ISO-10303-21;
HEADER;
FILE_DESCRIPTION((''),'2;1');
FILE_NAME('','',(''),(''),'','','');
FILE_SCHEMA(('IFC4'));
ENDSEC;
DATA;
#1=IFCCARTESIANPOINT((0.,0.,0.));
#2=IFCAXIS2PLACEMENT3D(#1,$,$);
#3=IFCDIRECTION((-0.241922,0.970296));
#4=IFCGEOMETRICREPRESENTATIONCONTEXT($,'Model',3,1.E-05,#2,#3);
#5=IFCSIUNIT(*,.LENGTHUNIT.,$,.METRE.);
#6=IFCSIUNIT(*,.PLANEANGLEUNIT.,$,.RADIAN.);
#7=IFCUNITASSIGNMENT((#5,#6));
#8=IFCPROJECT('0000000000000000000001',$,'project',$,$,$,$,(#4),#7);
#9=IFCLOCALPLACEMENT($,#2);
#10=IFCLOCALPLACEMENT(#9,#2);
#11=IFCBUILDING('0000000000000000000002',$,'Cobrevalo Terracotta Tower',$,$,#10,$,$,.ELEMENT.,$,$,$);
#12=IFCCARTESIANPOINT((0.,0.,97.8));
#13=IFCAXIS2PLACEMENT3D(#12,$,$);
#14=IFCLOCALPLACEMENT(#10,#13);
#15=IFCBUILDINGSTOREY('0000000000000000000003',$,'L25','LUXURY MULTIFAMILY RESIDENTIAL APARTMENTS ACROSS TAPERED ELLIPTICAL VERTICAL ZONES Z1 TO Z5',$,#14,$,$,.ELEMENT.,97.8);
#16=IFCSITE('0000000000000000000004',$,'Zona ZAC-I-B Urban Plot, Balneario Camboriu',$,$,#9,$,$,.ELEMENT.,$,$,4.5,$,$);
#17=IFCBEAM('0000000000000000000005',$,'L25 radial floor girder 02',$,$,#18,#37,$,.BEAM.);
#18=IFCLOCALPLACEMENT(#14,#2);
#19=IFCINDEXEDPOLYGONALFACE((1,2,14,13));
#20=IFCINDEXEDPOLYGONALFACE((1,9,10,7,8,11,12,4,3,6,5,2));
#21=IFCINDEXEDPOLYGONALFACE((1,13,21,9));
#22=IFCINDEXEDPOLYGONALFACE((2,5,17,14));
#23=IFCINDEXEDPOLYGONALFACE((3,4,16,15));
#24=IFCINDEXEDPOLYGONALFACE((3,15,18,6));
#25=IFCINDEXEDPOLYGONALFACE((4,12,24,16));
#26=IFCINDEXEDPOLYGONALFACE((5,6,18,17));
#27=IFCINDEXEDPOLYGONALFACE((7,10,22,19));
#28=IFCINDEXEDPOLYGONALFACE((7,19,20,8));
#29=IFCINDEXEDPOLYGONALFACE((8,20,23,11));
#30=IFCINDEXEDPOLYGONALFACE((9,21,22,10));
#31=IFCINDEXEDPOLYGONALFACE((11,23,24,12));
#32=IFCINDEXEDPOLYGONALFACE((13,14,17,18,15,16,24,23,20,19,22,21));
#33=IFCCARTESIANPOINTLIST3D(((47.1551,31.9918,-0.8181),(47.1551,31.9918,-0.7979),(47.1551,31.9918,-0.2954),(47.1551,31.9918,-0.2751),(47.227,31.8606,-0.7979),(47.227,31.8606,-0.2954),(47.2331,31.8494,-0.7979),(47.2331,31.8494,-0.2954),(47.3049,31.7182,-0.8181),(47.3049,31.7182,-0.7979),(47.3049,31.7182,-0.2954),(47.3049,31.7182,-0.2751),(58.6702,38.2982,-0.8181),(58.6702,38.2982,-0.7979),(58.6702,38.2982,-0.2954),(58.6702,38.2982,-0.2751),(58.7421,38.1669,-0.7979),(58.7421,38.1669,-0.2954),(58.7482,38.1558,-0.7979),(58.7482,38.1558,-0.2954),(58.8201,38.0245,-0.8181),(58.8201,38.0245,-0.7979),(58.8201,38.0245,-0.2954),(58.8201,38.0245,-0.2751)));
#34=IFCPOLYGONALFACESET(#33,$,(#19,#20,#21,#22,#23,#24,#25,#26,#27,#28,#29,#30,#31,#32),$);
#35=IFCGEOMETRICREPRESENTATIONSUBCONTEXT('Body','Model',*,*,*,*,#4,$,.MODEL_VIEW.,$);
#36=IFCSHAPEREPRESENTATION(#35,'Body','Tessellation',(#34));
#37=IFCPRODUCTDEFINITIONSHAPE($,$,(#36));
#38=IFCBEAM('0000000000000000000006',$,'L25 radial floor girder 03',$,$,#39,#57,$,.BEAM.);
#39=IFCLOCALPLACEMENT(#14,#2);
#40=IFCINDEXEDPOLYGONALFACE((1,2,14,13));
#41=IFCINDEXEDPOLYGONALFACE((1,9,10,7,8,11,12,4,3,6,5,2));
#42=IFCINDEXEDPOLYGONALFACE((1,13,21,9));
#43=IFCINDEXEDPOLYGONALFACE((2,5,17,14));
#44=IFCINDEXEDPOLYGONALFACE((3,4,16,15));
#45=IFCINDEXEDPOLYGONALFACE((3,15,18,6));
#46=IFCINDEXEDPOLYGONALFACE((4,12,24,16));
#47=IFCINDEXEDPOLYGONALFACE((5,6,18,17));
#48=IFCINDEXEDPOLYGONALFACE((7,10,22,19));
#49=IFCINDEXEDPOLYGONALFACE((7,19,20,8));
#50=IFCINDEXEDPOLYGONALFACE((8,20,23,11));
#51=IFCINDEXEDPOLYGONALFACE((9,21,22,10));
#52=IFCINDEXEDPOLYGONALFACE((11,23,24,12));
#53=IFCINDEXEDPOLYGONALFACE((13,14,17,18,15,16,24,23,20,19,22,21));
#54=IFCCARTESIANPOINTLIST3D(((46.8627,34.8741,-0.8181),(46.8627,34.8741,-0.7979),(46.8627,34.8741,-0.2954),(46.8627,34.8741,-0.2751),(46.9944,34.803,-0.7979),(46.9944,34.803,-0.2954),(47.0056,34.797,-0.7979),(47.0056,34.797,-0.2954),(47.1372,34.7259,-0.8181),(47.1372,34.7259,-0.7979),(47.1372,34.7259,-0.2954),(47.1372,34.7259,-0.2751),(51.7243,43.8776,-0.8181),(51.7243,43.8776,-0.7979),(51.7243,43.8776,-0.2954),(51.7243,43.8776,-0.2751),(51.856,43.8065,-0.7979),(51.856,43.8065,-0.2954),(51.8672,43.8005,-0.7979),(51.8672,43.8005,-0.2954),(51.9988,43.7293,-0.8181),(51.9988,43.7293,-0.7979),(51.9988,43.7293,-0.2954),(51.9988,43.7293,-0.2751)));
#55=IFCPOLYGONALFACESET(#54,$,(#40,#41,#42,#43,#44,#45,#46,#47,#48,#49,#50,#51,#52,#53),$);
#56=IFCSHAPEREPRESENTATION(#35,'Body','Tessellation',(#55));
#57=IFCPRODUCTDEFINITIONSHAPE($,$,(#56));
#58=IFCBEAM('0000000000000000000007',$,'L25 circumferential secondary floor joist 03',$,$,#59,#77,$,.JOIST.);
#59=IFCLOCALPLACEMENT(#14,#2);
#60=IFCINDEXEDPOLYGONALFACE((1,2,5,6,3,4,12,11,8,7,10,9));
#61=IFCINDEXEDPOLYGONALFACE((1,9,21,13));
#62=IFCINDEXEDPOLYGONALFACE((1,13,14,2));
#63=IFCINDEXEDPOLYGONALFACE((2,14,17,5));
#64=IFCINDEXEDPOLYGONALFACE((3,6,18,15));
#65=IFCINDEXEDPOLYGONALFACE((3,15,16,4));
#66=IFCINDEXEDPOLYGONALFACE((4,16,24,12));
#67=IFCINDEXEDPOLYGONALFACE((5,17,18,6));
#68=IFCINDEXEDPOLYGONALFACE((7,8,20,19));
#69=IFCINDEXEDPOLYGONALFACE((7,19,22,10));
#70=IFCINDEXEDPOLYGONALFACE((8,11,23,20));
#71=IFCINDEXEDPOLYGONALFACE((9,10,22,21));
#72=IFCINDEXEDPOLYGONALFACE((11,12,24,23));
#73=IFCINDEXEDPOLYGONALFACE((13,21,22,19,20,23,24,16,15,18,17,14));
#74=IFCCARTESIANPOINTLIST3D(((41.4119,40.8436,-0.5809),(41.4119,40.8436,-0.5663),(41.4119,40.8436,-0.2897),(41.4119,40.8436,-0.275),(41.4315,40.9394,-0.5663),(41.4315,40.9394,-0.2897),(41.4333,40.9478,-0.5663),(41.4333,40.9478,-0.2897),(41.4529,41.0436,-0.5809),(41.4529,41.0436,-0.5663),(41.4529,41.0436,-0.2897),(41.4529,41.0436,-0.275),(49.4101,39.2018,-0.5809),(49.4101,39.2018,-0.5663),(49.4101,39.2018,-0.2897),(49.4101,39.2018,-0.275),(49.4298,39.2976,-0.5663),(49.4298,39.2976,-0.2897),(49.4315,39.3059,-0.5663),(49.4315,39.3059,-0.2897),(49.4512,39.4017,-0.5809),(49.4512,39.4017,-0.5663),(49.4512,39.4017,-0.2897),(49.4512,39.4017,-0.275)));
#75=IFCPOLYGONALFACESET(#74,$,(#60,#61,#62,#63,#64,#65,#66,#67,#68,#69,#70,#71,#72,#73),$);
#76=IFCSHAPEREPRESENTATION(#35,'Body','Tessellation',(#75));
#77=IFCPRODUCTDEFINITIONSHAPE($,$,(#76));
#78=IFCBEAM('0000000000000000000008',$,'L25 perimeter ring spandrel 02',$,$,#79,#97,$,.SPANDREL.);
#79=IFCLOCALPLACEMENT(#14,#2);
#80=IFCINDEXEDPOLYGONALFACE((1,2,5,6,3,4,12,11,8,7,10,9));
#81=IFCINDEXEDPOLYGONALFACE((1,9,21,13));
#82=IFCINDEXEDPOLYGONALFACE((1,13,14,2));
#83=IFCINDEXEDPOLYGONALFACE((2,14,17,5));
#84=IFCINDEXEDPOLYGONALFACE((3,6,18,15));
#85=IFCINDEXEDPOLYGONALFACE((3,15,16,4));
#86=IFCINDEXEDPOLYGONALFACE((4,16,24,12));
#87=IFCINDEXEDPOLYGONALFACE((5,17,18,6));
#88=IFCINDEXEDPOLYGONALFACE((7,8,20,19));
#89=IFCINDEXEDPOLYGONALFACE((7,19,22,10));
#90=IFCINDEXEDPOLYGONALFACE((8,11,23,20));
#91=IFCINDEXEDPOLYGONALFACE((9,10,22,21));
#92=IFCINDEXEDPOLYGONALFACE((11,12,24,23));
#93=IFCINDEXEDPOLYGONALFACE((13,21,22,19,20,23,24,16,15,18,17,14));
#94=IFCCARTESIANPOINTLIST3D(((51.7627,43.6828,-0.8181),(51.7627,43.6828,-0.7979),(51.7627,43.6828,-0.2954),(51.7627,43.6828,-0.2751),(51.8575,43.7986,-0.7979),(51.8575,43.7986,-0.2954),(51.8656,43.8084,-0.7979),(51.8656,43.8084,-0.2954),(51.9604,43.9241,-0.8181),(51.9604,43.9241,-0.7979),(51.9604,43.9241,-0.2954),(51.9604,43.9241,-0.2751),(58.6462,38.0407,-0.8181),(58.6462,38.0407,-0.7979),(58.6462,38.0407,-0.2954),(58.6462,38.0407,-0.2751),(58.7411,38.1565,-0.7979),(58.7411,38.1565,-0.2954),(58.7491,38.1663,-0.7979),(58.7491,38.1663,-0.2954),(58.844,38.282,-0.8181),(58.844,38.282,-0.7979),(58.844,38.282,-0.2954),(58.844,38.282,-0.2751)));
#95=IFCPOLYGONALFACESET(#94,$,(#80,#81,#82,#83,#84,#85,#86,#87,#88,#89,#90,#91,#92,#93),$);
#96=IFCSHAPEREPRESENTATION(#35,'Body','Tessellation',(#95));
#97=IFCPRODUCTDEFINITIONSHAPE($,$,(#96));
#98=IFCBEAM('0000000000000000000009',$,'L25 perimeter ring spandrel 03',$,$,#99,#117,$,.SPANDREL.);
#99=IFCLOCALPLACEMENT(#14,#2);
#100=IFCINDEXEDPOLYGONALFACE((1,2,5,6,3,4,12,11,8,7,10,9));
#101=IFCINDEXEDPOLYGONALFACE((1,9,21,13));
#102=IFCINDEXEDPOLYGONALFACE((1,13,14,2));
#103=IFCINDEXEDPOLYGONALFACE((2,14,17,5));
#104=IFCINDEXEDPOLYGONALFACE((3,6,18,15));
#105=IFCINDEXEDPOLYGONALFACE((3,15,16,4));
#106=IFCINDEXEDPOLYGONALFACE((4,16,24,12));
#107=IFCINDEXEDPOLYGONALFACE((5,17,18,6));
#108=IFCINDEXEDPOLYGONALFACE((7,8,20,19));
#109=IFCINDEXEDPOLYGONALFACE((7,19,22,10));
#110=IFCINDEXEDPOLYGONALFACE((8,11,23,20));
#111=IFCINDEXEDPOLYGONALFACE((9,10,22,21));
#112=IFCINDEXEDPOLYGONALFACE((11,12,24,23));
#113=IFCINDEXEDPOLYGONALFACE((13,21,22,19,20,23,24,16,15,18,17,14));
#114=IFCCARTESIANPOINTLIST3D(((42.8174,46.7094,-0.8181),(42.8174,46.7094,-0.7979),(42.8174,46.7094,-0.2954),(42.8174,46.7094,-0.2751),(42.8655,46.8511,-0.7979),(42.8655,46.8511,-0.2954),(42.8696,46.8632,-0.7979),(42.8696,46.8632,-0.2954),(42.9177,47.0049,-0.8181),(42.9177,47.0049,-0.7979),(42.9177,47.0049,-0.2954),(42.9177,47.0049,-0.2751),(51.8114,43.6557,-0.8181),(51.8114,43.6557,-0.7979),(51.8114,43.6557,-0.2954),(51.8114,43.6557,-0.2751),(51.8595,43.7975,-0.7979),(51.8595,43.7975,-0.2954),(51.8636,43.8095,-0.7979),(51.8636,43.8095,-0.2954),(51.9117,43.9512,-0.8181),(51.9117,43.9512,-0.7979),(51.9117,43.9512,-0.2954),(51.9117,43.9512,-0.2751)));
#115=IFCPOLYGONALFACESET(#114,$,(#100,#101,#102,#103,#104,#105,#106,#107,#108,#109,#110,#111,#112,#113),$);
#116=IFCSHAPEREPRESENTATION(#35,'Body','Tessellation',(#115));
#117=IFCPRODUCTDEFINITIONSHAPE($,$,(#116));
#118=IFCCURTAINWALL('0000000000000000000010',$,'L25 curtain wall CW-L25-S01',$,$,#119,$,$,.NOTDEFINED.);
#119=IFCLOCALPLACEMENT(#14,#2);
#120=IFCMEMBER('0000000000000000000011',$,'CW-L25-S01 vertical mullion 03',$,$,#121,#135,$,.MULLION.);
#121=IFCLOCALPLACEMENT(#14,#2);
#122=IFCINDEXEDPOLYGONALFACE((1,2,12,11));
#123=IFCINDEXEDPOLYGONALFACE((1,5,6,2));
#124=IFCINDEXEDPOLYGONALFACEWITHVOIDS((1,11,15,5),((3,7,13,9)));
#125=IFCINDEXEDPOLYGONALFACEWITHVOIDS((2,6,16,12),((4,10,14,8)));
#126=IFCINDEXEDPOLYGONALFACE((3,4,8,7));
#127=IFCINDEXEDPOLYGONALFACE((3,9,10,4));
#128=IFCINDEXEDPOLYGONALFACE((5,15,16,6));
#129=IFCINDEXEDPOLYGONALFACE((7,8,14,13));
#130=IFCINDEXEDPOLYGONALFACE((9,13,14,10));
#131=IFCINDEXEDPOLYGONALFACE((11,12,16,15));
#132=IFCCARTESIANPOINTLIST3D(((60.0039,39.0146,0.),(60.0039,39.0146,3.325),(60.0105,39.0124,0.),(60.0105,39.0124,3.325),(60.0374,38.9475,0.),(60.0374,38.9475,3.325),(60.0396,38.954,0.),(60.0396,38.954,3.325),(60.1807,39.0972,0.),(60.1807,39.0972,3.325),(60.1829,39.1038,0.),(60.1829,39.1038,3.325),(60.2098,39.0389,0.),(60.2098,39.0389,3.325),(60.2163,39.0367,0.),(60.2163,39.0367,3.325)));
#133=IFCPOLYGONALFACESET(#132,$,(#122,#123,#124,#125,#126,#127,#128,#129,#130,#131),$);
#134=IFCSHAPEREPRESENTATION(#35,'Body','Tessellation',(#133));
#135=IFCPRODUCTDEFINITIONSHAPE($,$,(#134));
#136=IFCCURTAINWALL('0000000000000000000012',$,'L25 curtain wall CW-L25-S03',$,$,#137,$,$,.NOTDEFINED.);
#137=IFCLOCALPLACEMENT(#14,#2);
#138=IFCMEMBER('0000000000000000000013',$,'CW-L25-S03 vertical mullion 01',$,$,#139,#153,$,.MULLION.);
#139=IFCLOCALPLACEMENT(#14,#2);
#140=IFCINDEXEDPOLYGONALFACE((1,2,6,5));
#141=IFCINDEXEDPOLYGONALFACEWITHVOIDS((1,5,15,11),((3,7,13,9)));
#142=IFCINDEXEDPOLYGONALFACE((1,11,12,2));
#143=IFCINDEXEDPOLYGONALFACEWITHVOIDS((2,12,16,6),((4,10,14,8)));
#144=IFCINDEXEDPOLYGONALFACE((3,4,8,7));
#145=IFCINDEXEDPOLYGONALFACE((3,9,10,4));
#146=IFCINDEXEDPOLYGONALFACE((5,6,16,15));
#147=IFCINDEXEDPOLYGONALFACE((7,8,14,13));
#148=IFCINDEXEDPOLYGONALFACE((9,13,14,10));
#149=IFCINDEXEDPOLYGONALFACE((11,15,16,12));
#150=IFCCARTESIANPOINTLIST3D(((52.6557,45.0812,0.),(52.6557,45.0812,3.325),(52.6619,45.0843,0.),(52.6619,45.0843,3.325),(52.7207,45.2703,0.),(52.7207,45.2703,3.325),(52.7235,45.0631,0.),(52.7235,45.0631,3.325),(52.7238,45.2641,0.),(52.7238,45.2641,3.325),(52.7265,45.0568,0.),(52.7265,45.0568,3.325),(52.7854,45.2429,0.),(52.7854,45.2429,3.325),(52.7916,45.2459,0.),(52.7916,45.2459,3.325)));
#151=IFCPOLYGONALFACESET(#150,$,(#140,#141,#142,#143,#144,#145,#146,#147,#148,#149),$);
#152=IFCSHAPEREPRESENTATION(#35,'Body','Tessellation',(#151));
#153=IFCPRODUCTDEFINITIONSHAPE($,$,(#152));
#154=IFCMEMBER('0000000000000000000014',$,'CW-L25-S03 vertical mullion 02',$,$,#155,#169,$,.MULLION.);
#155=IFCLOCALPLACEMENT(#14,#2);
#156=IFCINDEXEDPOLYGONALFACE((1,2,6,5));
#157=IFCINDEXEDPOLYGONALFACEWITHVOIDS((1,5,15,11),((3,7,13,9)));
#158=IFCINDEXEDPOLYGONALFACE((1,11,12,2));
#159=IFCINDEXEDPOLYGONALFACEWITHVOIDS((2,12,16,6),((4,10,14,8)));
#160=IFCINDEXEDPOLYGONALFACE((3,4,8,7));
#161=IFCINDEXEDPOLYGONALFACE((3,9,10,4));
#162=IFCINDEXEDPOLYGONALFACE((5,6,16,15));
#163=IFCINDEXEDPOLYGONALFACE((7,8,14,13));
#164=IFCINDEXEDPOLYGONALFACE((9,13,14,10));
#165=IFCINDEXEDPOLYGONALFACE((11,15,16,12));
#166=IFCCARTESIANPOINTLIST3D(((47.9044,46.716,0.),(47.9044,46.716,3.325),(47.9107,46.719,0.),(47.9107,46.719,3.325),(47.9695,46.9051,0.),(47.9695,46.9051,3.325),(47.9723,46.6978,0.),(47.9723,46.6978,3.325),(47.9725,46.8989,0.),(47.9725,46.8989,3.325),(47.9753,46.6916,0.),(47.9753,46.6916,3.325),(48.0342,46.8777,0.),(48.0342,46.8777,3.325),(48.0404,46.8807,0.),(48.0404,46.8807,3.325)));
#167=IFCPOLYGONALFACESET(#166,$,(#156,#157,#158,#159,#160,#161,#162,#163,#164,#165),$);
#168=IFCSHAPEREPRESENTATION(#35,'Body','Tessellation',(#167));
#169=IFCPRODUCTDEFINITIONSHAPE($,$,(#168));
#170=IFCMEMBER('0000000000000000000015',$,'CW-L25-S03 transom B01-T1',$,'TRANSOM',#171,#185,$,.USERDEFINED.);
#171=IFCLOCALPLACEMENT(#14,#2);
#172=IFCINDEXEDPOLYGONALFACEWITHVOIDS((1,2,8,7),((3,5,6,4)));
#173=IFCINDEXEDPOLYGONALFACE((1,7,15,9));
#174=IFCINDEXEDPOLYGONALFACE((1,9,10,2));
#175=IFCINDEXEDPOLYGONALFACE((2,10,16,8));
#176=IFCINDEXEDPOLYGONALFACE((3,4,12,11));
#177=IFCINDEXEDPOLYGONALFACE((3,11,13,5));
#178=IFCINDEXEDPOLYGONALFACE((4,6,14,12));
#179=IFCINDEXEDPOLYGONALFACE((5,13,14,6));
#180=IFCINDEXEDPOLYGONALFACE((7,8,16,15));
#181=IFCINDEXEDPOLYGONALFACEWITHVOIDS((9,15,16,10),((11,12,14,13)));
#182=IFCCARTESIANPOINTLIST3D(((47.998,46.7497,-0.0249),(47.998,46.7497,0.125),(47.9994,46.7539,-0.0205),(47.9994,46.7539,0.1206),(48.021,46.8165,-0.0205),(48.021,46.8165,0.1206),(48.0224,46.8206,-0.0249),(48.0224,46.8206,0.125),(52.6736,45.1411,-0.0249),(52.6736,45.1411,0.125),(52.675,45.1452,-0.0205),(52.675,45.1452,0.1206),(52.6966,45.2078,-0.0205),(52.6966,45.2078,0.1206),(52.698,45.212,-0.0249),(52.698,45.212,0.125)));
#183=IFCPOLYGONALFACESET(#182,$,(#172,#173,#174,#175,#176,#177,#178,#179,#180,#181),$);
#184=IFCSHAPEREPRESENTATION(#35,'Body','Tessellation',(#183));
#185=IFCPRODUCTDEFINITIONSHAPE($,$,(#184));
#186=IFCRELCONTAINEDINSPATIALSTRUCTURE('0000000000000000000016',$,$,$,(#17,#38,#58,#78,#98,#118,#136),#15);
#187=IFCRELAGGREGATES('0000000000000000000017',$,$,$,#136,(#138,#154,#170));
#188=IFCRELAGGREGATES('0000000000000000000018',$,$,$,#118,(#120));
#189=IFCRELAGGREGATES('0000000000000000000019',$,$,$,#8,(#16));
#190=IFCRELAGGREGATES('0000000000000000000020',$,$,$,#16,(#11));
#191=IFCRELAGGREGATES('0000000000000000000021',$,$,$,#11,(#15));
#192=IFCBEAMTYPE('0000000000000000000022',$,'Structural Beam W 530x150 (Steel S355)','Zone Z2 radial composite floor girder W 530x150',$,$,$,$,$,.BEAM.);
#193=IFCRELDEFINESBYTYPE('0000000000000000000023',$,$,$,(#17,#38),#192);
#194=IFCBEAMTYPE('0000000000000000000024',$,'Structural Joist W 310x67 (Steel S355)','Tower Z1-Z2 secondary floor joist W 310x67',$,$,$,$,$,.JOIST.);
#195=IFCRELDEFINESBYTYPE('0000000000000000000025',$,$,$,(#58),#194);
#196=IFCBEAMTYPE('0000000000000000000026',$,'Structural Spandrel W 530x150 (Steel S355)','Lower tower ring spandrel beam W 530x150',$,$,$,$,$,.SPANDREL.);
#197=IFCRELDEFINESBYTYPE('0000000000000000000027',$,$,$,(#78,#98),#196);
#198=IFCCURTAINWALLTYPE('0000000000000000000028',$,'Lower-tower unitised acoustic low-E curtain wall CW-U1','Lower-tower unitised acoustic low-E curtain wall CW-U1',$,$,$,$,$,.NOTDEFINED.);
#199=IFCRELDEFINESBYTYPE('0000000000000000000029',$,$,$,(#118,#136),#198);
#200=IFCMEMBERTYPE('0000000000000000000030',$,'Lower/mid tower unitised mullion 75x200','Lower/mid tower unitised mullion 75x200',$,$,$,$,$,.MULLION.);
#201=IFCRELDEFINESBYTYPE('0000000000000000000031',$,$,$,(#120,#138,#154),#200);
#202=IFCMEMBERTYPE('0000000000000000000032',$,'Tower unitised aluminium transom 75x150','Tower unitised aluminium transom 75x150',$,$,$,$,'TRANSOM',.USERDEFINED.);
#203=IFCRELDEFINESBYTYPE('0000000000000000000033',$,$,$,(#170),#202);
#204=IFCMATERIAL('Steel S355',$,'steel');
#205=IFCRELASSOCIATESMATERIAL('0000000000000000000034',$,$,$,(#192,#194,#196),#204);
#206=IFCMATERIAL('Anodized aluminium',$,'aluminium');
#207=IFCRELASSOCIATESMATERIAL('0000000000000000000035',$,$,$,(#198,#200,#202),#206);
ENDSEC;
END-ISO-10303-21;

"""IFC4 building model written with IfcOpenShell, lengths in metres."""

from ifc_helpers import new_model, si_unit, direction, frame, origin, origin_2d, place, context, subcontext, project, spatial, hollow_rectangle, i_section, extrude, source, transform, mapped, material, material_profile, profile_set, type_object, element, aggregate, save


model = new_model("IFC4")

# Units and contexts
model_context = context("Model", 3, precision=1e-05, world=origin(), true_north=direction((-0.241922, 0.970296)))
body_context = subcontext(model_context, "Body", "Model", "MODEL_VIEW")
ifc_project = project(units=[si_unit("LENGTHUNIT", "METRE"), si_unit("PLANEANGLEUNIT", "RADIAN")], contexts=[model_context])

# Site, building, storey
site_placement = place(None, origin())
site = spatial("IfcSite", under=ifc_project, at=site_placement, Name="Zona ZAC-I-B Urban Plot, Balneario Camboriu", CompositionType="ELEMENT", RefElevation=4.5)
building_placement = place(site_placement, origin())
building = spatial("IfcBuilding", under=site, at=building_placement, Name="Cobrevalo Terracotta Tower", CompositionType="ELEMENT")
storey_placement = place(building_placement, frame((0.0, 0.0, 97.8)))
storey = spatial("IfcBuildingStorey", under=building, at=storey_placement, Name="L25", Description="LUXURY MULTIFAMILY RESIDENTIAL APARTMENTS ACROSS TAPERED ELLIPTICAL VERTICAL ZONES Z1 TO Z5", CompositionType="ELEMENT", Elevation=97.8)

# Shared definitions
ifc_material_1 = material(Name="Steel S355", Category="steel")

# Beams
ifc_material_profile_1 = material_profile(ifc_material_1, i_section(OverallWidth=0.312, OverallDepth=0.543, WebThickness=0.0127, FlangeThickness=0.0203, at=origin_2d()), Name="W 530x150")
ifc_profile_set_1 = profile_set([ifc_material_profile_1], Name="Steel S355")
beam_type_1 = type_object("IfcBeamType", Name="Structural Beam W 530x150 (Steel S355)", Description="Zone Z2 radial composite floor girder W 530x150", PredefinedType="BEAM", material=ifc_profile_set_1)
beam_1_placement = place(storey_placement, frame((58.7451, 38.1614, -0.5466), z_axis=(-0.877081, -0.480343, 0.0), x_axis=(0.480343, -0.877081, 0.0)))
element("IfcBeam", 1, at=beam_1_placement, inside=storey, type_object=beam_type_1, Name="L25 radial floor girder 02", PredefinedType="BEAM", context=body_context, shape_type="SweptSolid", body=[
    extrude(i_section(OverallWidth=0.312, OverallDepth=0.543, WebThickness=0.0127, FlangeThickness=0.0203, at=origin_2d()), origin(), (0.0, 0.0, 1.0), 13.1289),
])
beam_2_placement = place(storey_placement, frame((51.8616, 43.8035, -0.5466), z_axis=(-0.475128, -0.879917, 0.0), x_axis=(0.879917, -0.475128, 0.0)))
element("IfcBeam", 2, at=beam_2_placement, inside=storey, type_object=beam_type_1, Name="L25 radial floor girder 03", PredefinedType="BEAM", context=body_context, shape_type="SweptSolid", body=[
    extrude(i_section(OverallWidth=0.312, OverallDepth=0.543, WebThickness=0.0127, FlangeThickness=0.0203, at=origin_2d()), origin(), (0.0, 0.0, 1.0), 10.2322),
])
ifc_material_profile_2 = material_profile(ifc_material_1, i_section(OverallWidth=0.2041, OverallDepth=0.3059, WebThickness=0.0085, FlangeThickness=0.0146, at=origin_2d()), Name="W 310x67")
ifc_profile_set_2 = profile_set([ifc_material_profile_2], Name="Steel S355")
beam_type_2 = type_object("IfcBeamType", Name="Structural Joist W 310x67 (Steel S355)", Description="Tower Z1-Z2 secondary floor joist W 310x67", PredefinedType="JOIST", material=ifc_profile_set_2)
beam_3_placement = place(storey_placement, frame((49.4307, 39.3018, -0.428), z_axis=(-0.979574, 0.201082, 0.0), x_axis=(-0.201082, -0.979574, 0.0)))
element("IfcBeam", 3, at=beam_3_placement, inside=storey, type_object=beam_type_2, Name="L25 circumferential secondary floor joist 03", PredefinedType="JOIST", context=body_context, shape_type="SweptSolid", body=[
    extrude(i_section(OverallWidth=0.2041, OverallDepth=0.3059, WebThickness=0.0085, FlangeThickness=0.0146, at=origin_2d()), origin(), (0.0, 0.0, 1.0), 8.165),
])
ifc_material_profile_3 = material_profile(ifc_material_1, i_section(OverallWidth=0.312, OverallDepth=0.543, WebThickness=0.0127, FlangeThickness=0.0203, at=origin_2d()), Name="W 530x150")
ifc_profile_set_3 = profile_set([ifc_material_profile_3], Name="Steel S355")
beam_type_3 = type_object("IfcBeamType", Name="Structural Spandrel W 530x150 (Steel S355)", Description="Lower tower ring spandrel beam W 530x150", PredefinedType="SPANDREL", material=ifc_profile_set_3)
beam_4_placement = place(storey_placement, frame((58.7451, 38.1614, -0.5466), z_axis=(-0.773401, 0.633917, 0.0), x_axis=(-0.633917, -0.773401, 0.0)))
element("IfcBeam", 4, at=beam_4_placement, inside=storey, type_object=beam_type_3, Name="L25 perimeter ring spandrel 02", PredefinedType="SPANDREL", context=body_context, shape_type="SweptSolid", body=[
    extrude(i_section(OverallWidth=0.312, OverallDepth=0.543, WebThickness=0.0127, FlangeThickness=0.0203, at=origin_2d()), origin(), (0.0, 0.0, 1.0), 8.9004),
])
beam_5_placement = place(storey_placement, frame((51.8616, 43.8035, -0.5466), z_axis=(-0.946911, 0.321497, 0.0), x_axis=(-0.321497, -0.946911, 0.0)))
element("IfcBeam", 5, at=beam_5_placement, inside=storey, type_object=beam_type_3, Name="L25 perimeter ring spandrel 03", PredefinedType="SPANDREL", context=body_context, shape_type="SweptSolid", body=[
    extrude(i_section(OverallWidth=0.312, OverallDepth=0.543, WebThickness=0.0127, FlangeThickness=0.0203, at=origin_2d()), origin(), (0.0, 0.0, 1.0), 9.4983),
])

# Curtain wall, member
ifc_material_2 = material(Name="Anodized aluminium", Category="aluminium")
curtain_wall_type = type_object("IfcCurtainWallType", Name="Lower-tower unitised acoustic low-E curtain wall CW-U1", Description="Lower-tower unitised acoustic low-E curtain wall CW-U1", PredefinedType="NOTDEFINED", material=ifc_material_2)
curtain_wall_1_placement = place(storey_placement, origin())
curtain_wall_1 = element("IfcCurtainWall", 6, at=curtain_wall_1_placement, inside=storey, type_object=curtain_wall_type, Name="L25 curtain wall CW-L25-S01", PredefinedType="NOTDEFINED")
ifc_material_profile_4 = material_profile(ifc_material_2, hollow_rectangle(XDim=0.075, YDim=0.2, WallThickness=0.0049, at=origin_2d()), Name="CWM 75x200")
ifc_profile_set_4 = profile_set([ifc_material_profile_4], Name="Anodized aluminium")
member_type_1 = type_object("IfcMemberType", Name="Lower/mid tower unitised mullion 75x200", Description="Lower/mid tower unitised mullion 75x200", PredefinedType="MULLION", material=ifc_profile_set_4)
shared_shape_1 = source(origin(), body_context, "Body", "SweptSolid", [
    extrude(hollow_rectangle(XDim=0.075, YDim=0.2, WallThickness=0.0049, at=origin_2d()), origin(), (0.0, 0.0, 1.0), 3.325),
])
member_1_placement = place(storey_placement, frame((60.1101, 39.0256, 0.0), z_axis=(0.0, 0.0, 1.0), x_axis=(-0.44626, 0.894903, 0.0)))
member_1 = element("IfcMember", 7, at=member_1_placement, type_object=member_type_1, Name="CW-L25-S01 vertical mullion 03", PredefinedType="MULLION", context=body_context, shape_type="MappedRepresentation", body=[
    mapped(shared_shape_1, transform((0.0, 0.0, 0.0), scale=1.0)),
])

# Curtain wall, members
curtain_wall_2_placement = place(storey_placement, origin())
curtain_wall_2 = element("IfcCurtainWall", 8, at=curtain_wall_2_placement, inside=storey, type_object=curtain_wall_type, Name="L25 curtain wall CW-L25-S03", PredefinedType="NOTDEFINED")
member_2_placement = place(storey_placement, frame((52.7236, 45.1636, 0.0), z_axis=(0.0, 0.0, 1.0), x_axis=(-0.945598, 0.325337, 0.0)))
member_2 = element("IfcMember", 9, at=member_2_placement, type_object=member_type_1, Name="CW-L25-S03 vertical mullion 01", PredefinedType="MULLION", context=body_context, shape_type="MappedRepresentation", body=[
    mapped(shared_shape_1, transform((0.0, 0.0, 0.0), scale=1.0)),
])
member_3_placement = place(storey_placement, frame((47.9724, 46.7983, 0.0), z_axis=(0.0, 0.0, 1.0), x_axis=(-0.945598, 0.325337, 0.0)))
member_3 = element("IfcMember", 10, at=member_3_placement, type_object=member_type_1, Name="CW-L25-S03 vertical mullion 02", PredefinedType="MULLION", context=body_context, shape_type="MappedRepresentation", body=[
    mapped(shared_shape_1, transform((0.0, 0.0, 0.0), scale=1.0)),
])
ifc_material_profile_5 = material_profile(ifc_material_2, hollow_rectangle(XDim=0.075, YDim=0.1499, WallThickness=0.0044, at=origin_2d()), Name="CWT 75x150")
ifc_profile_set_5 = profile_set([ifc_material_profile_5], Name="Anodized aluminium")
member_type_2 = type_object("IfcMemberType", Name="Tower unitised aluminium transom 75x150", Description="Tower unitised aluminium transom 75x150", ElementType="TRANSOM", PredefinedType="USERDEFINED", material=ifc_profile_set_5)
shared_shape_2 = source(origin(), body_context, "Body", "SweptSolid", [
    extrude(hollow_rectangle(XDim=0.075, YDim=0.1499, WallThickness=0.0044, at=origin_2d()), origin(), (0.0, 0.0, 1.0), 4.9446),
])
member_4_placement = place(storey_placement, frame((52.6858, 45.1765, 0.05), z_axis=(-0.945598, 0.325338, 0.0), x_axis=(-0.325338, -0.945598, 0.0)))
member_4 = element("IfcMember", 11, at=member_4_placement, type_object=member_type_2, Name="CW-L25-S03 transom B01-T1", ObjectType="TRANSOM", PredefinedType="USERDEFINED", context=body_context, shape_type="MappedRepresentation", body=[
    mapped(shared_shape_2, transform((0.0, 0.0, 0.0), scale=1.0)),
])

aggregate(curtain_wall_2, [member_2, member_3, member_4])
aggregate(curtain_wall_1, [member_1])

save(model, "model.ifc")
